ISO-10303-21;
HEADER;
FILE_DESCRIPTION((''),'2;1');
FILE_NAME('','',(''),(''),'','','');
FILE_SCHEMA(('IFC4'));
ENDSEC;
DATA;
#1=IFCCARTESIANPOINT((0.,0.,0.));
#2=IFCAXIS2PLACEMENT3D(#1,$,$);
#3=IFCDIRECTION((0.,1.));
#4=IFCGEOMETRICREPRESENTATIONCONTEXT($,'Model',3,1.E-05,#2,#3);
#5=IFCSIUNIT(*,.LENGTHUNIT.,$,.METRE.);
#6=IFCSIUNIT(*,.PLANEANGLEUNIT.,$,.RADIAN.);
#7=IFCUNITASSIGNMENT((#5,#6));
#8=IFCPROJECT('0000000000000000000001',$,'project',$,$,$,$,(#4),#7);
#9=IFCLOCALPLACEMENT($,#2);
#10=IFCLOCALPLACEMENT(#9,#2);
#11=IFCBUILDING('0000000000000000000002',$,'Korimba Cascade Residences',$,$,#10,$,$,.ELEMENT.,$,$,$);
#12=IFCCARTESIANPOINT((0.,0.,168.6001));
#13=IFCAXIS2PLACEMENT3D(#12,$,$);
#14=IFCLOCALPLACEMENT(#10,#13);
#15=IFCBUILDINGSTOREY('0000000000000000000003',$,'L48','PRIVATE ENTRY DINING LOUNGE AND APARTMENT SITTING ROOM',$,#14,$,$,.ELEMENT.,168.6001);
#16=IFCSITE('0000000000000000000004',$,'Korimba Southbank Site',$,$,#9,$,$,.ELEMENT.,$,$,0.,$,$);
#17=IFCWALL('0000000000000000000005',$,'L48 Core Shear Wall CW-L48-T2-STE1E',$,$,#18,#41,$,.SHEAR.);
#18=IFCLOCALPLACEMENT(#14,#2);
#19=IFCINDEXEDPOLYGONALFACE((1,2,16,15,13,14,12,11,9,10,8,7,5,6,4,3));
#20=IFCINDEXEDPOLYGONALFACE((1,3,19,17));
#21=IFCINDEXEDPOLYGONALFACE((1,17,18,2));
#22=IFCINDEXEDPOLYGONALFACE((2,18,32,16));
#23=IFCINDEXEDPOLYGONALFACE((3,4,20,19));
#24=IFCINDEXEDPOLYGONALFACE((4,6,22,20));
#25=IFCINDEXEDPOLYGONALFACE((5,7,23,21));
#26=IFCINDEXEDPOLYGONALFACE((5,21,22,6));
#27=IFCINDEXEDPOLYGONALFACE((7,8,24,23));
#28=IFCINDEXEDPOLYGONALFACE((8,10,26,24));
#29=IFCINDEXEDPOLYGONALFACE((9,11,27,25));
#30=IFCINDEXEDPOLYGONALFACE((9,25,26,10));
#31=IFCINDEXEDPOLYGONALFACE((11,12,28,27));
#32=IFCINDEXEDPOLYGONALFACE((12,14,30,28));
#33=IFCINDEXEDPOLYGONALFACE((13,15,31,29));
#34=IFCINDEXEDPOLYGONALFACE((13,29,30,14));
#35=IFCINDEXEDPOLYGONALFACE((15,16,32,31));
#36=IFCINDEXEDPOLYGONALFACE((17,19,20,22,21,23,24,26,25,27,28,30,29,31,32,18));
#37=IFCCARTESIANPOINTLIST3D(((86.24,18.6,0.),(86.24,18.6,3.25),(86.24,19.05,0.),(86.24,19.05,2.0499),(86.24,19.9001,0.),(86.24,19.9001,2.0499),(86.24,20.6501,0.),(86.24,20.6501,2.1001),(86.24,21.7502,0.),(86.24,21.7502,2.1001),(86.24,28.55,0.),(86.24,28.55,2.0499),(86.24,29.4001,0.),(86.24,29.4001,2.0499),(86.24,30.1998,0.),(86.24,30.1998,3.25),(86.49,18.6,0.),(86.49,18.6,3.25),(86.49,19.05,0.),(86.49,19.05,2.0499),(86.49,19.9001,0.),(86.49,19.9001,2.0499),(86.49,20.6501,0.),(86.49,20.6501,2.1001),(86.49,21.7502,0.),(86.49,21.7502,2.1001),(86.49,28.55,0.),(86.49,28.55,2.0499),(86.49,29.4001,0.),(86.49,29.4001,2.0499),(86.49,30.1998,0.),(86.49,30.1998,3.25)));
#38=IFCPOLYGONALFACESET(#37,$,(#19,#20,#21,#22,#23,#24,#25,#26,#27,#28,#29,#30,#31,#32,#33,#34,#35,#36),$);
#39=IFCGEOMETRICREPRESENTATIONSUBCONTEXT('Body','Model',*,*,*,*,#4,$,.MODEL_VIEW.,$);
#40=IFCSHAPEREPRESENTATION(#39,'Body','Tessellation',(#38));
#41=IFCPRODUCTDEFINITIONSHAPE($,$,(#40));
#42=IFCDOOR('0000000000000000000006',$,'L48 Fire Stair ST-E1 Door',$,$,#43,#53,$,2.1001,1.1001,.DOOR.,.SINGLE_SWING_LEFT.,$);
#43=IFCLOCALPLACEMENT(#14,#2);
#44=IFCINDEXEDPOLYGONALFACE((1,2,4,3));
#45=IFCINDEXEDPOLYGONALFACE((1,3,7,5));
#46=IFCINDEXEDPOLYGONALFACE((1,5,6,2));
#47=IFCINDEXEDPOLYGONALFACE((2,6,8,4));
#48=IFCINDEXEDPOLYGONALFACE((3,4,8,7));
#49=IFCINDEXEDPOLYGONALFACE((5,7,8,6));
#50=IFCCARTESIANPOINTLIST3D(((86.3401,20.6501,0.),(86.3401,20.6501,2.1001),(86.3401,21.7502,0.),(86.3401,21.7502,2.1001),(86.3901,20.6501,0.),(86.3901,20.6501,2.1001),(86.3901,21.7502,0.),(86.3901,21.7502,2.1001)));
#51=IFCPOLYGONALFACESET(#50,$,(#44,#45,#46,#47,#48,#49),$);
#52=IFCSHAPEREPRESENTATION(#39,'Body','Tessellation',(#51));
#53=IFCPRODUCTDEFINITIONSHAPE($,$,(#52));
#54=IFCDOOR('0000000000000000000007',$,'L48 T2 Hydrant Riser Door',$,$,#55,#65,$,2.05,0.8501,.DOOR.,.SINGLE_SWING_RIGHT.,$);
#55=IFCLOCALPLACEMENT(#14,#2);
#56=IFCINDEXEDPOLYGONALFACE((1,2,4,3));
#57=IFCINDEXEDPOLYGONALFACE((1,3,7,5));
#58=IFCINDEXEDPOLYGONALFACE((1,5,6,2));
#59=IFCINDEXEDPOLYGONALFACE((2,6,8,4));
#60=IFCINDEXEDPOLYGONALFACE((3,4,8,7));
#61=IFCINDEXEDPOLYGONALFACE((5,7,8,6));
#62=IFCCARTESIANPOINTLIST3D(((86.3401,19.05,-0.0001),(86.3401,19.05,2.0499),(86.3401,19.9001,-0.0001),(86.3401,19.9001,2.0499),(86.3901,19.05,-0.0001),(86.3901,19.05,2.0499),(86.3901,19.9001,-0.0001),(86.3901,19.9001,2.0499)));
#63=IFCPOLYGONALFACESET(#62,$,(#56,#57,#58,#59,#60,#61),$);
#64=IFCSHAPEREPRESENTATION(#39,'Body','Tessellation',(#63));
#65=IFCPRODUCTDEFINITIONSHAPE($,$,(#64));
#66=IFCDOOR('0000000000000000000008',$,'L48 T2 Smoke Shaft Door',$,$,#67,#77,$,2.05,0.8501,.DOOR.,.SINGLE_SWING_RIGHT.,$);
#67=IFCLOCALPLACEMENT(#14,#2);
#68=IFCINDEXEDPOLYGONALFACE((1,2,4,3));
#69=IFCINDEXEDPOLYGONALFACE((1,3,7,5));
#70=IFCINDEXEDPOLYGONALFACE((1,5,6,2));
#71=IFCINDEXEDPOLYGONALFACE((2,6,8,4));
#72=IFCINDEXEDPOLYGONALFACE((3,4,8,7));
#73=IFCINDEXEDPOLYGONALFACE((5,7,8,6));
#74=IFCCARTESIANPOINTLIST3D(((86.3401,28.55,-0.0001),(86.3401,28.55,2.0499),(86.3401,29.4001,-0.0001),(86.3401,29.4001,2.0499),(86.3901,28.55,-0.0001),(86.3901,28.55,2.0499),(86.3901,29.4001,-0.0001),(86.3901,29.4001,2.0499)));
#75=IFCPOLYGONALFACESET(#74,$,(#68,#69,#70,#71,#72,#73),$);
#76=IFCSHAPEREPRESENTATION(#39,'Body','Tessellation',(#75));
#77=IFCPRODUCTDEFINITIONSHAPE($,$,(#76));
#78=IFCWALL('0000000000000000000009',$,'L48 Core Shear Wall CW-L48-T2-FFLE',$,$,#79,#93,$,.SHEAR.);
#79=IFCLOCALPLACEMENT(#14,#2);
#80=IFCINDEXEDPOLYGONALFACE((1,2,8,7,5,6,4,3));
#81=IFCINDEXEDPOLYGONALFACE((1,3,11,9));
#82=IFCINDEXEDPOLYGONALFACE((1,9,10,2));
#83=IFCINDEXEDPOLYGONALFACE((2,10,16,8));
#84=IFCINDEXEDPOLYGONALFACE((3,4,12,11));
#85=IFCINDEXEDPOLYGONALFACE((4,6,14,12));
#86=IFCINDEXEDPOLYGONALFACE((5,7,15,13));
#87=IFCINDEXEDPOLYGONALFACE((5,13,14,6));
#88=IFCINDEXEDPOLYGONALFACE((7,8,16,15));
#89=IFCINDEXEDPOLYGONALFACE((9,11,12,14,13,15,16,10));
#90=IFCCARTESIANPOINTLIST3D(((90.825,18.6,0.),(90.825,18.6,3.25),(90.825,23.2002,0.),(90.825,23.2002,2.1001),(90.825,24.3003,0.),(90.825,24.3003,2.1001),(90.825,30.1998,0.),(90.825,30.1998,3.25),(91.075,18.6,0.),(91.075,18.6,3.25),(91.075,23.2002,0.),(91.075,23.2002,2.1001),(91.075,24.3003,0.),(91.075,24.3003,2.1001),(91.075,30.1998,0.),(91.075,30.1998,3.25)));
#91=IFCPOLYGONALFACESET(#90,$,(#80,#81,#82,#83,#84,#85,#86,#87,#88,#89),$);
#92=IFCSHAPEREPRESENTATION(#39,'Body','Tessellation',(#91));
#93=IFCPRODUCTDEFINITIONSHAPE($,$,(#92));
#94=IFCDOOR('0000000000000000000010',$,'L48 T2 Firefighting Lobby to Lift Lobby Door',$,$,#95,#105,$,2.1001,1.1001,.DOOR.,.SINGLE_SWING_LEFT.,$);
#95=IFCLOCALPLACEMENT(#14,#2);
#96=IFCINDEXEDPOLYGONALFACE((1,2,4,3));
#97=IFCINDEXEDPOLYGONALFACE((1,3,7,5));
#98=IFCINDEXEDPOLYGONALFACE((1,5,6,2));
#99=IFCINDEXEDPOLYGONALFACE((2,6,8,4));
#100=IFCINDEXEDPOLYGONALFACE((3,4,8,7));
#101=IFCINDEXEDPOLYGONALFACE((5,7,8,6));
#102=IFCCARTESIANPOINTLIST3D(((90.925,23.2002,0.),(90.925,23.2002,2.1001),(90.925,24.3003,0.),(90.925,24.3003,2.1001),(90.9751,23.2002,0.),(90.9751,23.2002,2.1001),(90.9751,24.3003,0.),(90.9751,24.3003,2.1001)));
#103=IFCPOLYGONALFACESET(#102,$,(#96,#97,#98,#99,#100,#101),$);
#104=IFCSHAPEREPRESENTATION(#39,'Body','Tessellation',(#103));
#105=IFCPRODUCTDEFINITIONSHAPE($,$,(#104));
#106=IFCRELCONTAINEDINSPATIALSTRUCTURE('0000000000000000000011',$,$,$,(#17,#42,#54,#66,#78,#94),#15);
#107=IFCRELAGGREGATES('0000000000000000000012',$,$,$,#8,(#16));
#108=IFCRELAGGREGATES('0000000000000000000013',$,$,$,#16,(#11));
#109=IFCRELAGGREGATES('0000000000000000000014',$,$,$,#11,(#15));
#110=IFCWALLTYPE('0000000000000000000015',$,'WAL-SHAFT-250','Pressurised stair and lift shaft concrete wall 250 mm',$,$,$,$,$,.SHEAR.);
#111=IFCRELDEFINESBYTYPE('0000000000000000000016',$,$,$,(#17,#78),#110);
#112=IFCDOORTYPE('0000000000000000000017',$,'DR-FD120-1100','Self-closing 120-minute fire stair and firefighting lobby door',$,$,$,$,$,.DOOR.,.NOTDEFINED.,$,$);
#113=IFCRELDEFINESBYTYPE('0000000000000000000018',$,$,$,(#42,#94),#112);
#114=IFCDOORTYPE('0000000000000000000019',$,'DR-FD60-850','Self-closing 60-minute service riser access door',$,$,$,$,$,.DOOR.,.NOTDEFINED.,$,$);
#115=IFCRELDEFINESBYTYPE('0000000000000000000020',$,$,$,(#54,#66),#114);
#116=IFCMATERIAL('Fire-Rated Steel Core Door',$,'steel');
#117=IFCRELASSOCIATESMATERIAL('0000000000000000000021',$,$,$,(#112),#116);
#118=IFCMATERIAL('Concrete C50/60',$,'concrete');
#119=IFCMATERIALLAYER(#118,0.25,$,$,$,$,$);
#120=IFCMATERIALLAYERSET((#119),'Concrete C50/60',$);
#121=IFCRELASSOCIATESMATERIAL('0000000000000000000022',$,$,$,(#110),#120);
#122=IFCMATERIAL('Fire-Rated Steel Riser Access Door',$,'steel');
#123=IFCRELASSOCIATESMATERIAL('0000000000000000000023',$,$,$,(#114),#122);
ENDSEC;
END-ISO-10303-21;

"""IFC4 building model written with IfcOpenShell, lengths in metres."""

from ifc_helpers import new_model, si_unit, direction, frame, frame_2d, origin, place, context, subcontext, project, spatial, rectangle, extrude, material, layer, layer_set, type_object, element, fill, save


model = new_model("IFC4")

# Units and contexts
model_context = context("Model", 3, precision=1e-05, world=origin(), true_north=direction((0.0, 1.0)))
body_context = subcontext(model_context, "Body", "Model", "MODEL_VIEW")
ifc_project = project(units=[si_unit("LENGTHUNIT", "METRE"), si_unit("PLANEANGLEUNIT", "RADIAN")], contexts=[model_context])

# Site, building, storey
site_placement = place(None, origin())
site = spatial("IfcSite", under=ifc_project, at=site_placement, Name="Korimba Southbank Site", CompositionType="ELEMENT", RefElevation=0.0)
building_placement = place(site_placement, origin())
building = spatial("IfcBuilding", under=site, at=building_placement, Name="Korimba Cascade Residences", CompositionType="ELEMENT")
storey_placement = place(building_placement, frame((0.0, 0.0, 168.6001)))
storey = spatial("IfcBuildingStorey", under=building, at=storey_placement, Name="L48", Description="PRIVATE ENTRY DINING LOUNGE AND APARTMENT SITTING ROOM", CompositionType="ELEMENT", Elevation=168.6001)

# Shared definitions
ifc_material_1 = material(Name="Concrete C50/60", Category="concrete")

# Shared definitions
ifc_material_2 = material(Name="Fire-Rated Steel Core Door", Category="steel")
door_type_1 = type_object("IfcDoorType", Name="DR-FD120-1100", Description="Self-closing 120-minute fire stair and firefighting lobby door", OperationType="NOTDEFINED", PredefinedType="DOOR", material=ifc_material_2)

# Wall, openings, doors
ifc_layer_1 = layer(ifc_material_1, 0.25)
ifc_layer_set_1 = layer_set([ifc_layer_1], Name="Concrete C50/60")
wall_type_1 = type_object("IfcWallType", Name="WAL-SHAFT-250", Description="Pressurised stair and lift shaft concrete wall 250 mm", PredefinedType="SHEAR", material=ifc_layer_set_1)
wall_1_placement = place(storey_placement, frame((86.365, 18.6001, 0.0), z_axis=(0.0, 0.0, 1.0), x_axis=(0.0, 1.0, 0.0)))
wall_1 = element("IfcWall", 1, at=wall_1_placement, inside=storey, type_object=wall_type_1, Name="L48 Core Shear Wall CW-L48-T2-STE1E", PredefinedType="SHEAR", context=body_context, shape_type="SweptSolid", body=[
    extrude(rectangle(XDim=11.5999, YDim=0.25, at=frame_2d((5.7998, 0.0))), origin(), (0.0, 0.0, 1.0), 3.25),
])
opening_1_placement = place(wall_1_placement, frame((0.45, 0.0, 0.0)))
opening_1 = element("IfcOpeningElement", 2, at=opening_1_placement, cuts=wall_1, PredefinedType="OPENING", context=body_context, shape_type="SweptSolid", body=[
    extrude(rectangle(XDim=0.8501, YDim=2.05, at=frame_2d((0.425, 1.0249))), frame((0.0, 0.135, 0.0), z_axis=(0.0, -1.0, 0.0), x_axis=(1.0, 0.0, 0.0)), (0.0, 0.0, 1.0), 0.27),
])
opening_2_placement = place(wall_1_placement, frame((2.05, 0.0, 0.0)))
opening_2 = element("IfcOpeningElement", 3, at=opening_2_placement, cuts=wall_1, PredefinedType="OPENING", context=body_context, shape_type="SweptSolid", body=[
    extrude(rectangle(XDim=1.1001, YDim=2.1001, at=frame_2d((0.55, 1.05))), frame((0.0, 0.135, 0.0), z_axis=(0.0, -1.0, 0.0), x_axis=(1.0, 0.0, 0.0)), (0.0, 0.0, 1.0), 0.27),
])
opening_3_placement = place(wall_1_placement, frame((9.95, 0.0, 0.0)))
opening_3 = element("IfcOpeningElement", 4, at=opening_3_placement, cuts=wall_1, PredefinedType="OPENING", context=body_context, shape_type="SweptSolid", body=[
    extrude(rectangle(XDim=0.8501, YDim=2.05, at=frame_2d((0.425, 1.0249))), frame((0.0, 0.135, 0.0), z_axis=(0.0, -1.0, 0.0), x_axis=(1.0, 0.0, 0.0)), (0.0, 0.0, 1.0), 0.27),
])
door_1_placement = place(opening_2_placement, origin())
door_1 = element("IfcDoor", 5, at=door_1_placement, inside=storey, type_object=door_type_1, Name="L48 Fire Stair ST-E1 Door", OperationType="SINGLE_SWING_LEFT", OverallHeight=2.1001, OverallWidth=1.1001, PredefinedType="DOOR", context=body_context, shape_type="SweptSolid", body=[
    extrude(rectangle(XDim=1.1001, YDim=2.1001, at=frame_2d((0.55, 1.05))), frame((0.0, 0.0249, 0.0), z_axis=(0.0, -1.0, 0.0), x_axis=(1.0, 0.0, 0.0)), (0.0, 0.0, 1.0), 0.05),
])
fill(opening_2, door_1)
ifc_material_3 = material(Name="Fire-Rated Steel Riser Access Door", Category="steel")
door_type_2 = type_object("IfcDoorType", Name="DR-FD60-850", Description="Self-closing 60-minute service riser access door", OperationType="NOTDEFINED", PredefinedType="DOOR", material=ifc_material_3)
door_2_placement = place(opening_1_placement, origin())
door_2 = element("IfcDoor", 6, at=door_2_placement, inside=storey, type_object=door_type_2, Name="L48 T2 Hydrant Riser Door", OperationType="SINGLE_SWING_RIGHT", OverallHeight=2.05, OverallWidth=0.8501, PredefinedType="DOOR", context=body_context, shape_type="SweptSolid", body=[
    extrude(rectangle(XDim=0.8501, YDim=2.05, at=frame_2d((0.425, 1.0249))), frame((0.0, 0.0249, 0.0), z_axis=(0.0, -1.0, 0.0), x_axis=(1.0, 0.0, 0.0)), (0.0, 0.0, 1.0), 0.05),
])
fill(opening_1, door_2)
door_3_placement = place(opening_3_placement, origin())
door_3 = element("IfcDoor", 7, at=door_3_placement, inside=storey, type_object=door_type_2, Name="L48 T2 Smoke Shaft Door", OperationType="SINGLE_SWING_RIGHT", OverallHeight=2.05, OverallWidth=0.8501, PredefinedType="DOOR", context=body_context, shape_type="SweptSolid", body=[
    extrude(rectangle(XDim=0.8501, YDim=2.05, at=frame_2d((0.425, 1.0249))), frame((0.0, 0.0249, 0.0), z_axis=(0.0, -1.0, 0.0), x_axis=(1.0, 0.0, 0.0)), (0.0, 0.0, 1.0), 0.05),
])
fill(opening_3, door_3)

# Wall, opening, door
wall_2_placement = place(storey_placement, frame((90.95, 18.6001, 0.0), z_axis=(0.0, 0.0, 1.0), x_axis=(0.0, 1.0, 0.0)))
wall_2 = element("IfcWall", 8, at=wall_2_placement, inside=storey, type_object=wall_type_1, Name="L48 Core Shear Wall CW-L48-T2-FFLE", PredefinedType="SHEAR", context=body_context, shape_type="SweptSolid", body=[
    extrude(rectangle(XDim=11.5999, YDim=0.25, at=frame_2d((5.7998, 0.0))), origin(), (0.0, 0.0, 1.0), 3.25),
])
opening_4_placement = place(wall_2_placement, frame((4.6001, 0.0, 0.0)))
opening_4 = element("IfcOpeningElement", 9, at=opening_4_placement, cuts=wall_2, PredefinedType="OPENING", context=body_context, shape_type="SweptSolid", body=[
    extrude(rectangle(XDim=1.1001, YDim=2.1001, at=frame_2d((0.55, 1.05))), frame((0.0, 0.135, 0.0), z_axis=(0.0, -1.0, 0.0), x_axis=(1.0, 0.0, 0.0)), (0.0, 0.0, 1.0), 0.27),
])
door_4_placement = place(opening_4_placement, origin())
door_4 = element("IfcDoor", 10, at=door_4_placement, inside=storey, type_object=door_type_1, Name="L48 T2 Firefighting Lobby to Lift Lobby Door", OperationType="SINGLE_SWING_LEFT", OverallHeight=2.1001, OverallWidth=1.1001, PredefinedType="DOOR", context=body_context, shape_type="SweptSolid", body=[
    extrude(rectangle(XDim=1.1001, YDim=2.1001, at=frame_2d((0.55, 1.05))), frame((0.0, 0.0249, 0.0), z_axis=(0.0, -1.0, 0.0), x_axis=(1.0, 0.0, 0.0)), (0.0, 0.0, 1.0), 0.05),
])
fill(opening_4, door_4)

save(model, "model.ifc")
